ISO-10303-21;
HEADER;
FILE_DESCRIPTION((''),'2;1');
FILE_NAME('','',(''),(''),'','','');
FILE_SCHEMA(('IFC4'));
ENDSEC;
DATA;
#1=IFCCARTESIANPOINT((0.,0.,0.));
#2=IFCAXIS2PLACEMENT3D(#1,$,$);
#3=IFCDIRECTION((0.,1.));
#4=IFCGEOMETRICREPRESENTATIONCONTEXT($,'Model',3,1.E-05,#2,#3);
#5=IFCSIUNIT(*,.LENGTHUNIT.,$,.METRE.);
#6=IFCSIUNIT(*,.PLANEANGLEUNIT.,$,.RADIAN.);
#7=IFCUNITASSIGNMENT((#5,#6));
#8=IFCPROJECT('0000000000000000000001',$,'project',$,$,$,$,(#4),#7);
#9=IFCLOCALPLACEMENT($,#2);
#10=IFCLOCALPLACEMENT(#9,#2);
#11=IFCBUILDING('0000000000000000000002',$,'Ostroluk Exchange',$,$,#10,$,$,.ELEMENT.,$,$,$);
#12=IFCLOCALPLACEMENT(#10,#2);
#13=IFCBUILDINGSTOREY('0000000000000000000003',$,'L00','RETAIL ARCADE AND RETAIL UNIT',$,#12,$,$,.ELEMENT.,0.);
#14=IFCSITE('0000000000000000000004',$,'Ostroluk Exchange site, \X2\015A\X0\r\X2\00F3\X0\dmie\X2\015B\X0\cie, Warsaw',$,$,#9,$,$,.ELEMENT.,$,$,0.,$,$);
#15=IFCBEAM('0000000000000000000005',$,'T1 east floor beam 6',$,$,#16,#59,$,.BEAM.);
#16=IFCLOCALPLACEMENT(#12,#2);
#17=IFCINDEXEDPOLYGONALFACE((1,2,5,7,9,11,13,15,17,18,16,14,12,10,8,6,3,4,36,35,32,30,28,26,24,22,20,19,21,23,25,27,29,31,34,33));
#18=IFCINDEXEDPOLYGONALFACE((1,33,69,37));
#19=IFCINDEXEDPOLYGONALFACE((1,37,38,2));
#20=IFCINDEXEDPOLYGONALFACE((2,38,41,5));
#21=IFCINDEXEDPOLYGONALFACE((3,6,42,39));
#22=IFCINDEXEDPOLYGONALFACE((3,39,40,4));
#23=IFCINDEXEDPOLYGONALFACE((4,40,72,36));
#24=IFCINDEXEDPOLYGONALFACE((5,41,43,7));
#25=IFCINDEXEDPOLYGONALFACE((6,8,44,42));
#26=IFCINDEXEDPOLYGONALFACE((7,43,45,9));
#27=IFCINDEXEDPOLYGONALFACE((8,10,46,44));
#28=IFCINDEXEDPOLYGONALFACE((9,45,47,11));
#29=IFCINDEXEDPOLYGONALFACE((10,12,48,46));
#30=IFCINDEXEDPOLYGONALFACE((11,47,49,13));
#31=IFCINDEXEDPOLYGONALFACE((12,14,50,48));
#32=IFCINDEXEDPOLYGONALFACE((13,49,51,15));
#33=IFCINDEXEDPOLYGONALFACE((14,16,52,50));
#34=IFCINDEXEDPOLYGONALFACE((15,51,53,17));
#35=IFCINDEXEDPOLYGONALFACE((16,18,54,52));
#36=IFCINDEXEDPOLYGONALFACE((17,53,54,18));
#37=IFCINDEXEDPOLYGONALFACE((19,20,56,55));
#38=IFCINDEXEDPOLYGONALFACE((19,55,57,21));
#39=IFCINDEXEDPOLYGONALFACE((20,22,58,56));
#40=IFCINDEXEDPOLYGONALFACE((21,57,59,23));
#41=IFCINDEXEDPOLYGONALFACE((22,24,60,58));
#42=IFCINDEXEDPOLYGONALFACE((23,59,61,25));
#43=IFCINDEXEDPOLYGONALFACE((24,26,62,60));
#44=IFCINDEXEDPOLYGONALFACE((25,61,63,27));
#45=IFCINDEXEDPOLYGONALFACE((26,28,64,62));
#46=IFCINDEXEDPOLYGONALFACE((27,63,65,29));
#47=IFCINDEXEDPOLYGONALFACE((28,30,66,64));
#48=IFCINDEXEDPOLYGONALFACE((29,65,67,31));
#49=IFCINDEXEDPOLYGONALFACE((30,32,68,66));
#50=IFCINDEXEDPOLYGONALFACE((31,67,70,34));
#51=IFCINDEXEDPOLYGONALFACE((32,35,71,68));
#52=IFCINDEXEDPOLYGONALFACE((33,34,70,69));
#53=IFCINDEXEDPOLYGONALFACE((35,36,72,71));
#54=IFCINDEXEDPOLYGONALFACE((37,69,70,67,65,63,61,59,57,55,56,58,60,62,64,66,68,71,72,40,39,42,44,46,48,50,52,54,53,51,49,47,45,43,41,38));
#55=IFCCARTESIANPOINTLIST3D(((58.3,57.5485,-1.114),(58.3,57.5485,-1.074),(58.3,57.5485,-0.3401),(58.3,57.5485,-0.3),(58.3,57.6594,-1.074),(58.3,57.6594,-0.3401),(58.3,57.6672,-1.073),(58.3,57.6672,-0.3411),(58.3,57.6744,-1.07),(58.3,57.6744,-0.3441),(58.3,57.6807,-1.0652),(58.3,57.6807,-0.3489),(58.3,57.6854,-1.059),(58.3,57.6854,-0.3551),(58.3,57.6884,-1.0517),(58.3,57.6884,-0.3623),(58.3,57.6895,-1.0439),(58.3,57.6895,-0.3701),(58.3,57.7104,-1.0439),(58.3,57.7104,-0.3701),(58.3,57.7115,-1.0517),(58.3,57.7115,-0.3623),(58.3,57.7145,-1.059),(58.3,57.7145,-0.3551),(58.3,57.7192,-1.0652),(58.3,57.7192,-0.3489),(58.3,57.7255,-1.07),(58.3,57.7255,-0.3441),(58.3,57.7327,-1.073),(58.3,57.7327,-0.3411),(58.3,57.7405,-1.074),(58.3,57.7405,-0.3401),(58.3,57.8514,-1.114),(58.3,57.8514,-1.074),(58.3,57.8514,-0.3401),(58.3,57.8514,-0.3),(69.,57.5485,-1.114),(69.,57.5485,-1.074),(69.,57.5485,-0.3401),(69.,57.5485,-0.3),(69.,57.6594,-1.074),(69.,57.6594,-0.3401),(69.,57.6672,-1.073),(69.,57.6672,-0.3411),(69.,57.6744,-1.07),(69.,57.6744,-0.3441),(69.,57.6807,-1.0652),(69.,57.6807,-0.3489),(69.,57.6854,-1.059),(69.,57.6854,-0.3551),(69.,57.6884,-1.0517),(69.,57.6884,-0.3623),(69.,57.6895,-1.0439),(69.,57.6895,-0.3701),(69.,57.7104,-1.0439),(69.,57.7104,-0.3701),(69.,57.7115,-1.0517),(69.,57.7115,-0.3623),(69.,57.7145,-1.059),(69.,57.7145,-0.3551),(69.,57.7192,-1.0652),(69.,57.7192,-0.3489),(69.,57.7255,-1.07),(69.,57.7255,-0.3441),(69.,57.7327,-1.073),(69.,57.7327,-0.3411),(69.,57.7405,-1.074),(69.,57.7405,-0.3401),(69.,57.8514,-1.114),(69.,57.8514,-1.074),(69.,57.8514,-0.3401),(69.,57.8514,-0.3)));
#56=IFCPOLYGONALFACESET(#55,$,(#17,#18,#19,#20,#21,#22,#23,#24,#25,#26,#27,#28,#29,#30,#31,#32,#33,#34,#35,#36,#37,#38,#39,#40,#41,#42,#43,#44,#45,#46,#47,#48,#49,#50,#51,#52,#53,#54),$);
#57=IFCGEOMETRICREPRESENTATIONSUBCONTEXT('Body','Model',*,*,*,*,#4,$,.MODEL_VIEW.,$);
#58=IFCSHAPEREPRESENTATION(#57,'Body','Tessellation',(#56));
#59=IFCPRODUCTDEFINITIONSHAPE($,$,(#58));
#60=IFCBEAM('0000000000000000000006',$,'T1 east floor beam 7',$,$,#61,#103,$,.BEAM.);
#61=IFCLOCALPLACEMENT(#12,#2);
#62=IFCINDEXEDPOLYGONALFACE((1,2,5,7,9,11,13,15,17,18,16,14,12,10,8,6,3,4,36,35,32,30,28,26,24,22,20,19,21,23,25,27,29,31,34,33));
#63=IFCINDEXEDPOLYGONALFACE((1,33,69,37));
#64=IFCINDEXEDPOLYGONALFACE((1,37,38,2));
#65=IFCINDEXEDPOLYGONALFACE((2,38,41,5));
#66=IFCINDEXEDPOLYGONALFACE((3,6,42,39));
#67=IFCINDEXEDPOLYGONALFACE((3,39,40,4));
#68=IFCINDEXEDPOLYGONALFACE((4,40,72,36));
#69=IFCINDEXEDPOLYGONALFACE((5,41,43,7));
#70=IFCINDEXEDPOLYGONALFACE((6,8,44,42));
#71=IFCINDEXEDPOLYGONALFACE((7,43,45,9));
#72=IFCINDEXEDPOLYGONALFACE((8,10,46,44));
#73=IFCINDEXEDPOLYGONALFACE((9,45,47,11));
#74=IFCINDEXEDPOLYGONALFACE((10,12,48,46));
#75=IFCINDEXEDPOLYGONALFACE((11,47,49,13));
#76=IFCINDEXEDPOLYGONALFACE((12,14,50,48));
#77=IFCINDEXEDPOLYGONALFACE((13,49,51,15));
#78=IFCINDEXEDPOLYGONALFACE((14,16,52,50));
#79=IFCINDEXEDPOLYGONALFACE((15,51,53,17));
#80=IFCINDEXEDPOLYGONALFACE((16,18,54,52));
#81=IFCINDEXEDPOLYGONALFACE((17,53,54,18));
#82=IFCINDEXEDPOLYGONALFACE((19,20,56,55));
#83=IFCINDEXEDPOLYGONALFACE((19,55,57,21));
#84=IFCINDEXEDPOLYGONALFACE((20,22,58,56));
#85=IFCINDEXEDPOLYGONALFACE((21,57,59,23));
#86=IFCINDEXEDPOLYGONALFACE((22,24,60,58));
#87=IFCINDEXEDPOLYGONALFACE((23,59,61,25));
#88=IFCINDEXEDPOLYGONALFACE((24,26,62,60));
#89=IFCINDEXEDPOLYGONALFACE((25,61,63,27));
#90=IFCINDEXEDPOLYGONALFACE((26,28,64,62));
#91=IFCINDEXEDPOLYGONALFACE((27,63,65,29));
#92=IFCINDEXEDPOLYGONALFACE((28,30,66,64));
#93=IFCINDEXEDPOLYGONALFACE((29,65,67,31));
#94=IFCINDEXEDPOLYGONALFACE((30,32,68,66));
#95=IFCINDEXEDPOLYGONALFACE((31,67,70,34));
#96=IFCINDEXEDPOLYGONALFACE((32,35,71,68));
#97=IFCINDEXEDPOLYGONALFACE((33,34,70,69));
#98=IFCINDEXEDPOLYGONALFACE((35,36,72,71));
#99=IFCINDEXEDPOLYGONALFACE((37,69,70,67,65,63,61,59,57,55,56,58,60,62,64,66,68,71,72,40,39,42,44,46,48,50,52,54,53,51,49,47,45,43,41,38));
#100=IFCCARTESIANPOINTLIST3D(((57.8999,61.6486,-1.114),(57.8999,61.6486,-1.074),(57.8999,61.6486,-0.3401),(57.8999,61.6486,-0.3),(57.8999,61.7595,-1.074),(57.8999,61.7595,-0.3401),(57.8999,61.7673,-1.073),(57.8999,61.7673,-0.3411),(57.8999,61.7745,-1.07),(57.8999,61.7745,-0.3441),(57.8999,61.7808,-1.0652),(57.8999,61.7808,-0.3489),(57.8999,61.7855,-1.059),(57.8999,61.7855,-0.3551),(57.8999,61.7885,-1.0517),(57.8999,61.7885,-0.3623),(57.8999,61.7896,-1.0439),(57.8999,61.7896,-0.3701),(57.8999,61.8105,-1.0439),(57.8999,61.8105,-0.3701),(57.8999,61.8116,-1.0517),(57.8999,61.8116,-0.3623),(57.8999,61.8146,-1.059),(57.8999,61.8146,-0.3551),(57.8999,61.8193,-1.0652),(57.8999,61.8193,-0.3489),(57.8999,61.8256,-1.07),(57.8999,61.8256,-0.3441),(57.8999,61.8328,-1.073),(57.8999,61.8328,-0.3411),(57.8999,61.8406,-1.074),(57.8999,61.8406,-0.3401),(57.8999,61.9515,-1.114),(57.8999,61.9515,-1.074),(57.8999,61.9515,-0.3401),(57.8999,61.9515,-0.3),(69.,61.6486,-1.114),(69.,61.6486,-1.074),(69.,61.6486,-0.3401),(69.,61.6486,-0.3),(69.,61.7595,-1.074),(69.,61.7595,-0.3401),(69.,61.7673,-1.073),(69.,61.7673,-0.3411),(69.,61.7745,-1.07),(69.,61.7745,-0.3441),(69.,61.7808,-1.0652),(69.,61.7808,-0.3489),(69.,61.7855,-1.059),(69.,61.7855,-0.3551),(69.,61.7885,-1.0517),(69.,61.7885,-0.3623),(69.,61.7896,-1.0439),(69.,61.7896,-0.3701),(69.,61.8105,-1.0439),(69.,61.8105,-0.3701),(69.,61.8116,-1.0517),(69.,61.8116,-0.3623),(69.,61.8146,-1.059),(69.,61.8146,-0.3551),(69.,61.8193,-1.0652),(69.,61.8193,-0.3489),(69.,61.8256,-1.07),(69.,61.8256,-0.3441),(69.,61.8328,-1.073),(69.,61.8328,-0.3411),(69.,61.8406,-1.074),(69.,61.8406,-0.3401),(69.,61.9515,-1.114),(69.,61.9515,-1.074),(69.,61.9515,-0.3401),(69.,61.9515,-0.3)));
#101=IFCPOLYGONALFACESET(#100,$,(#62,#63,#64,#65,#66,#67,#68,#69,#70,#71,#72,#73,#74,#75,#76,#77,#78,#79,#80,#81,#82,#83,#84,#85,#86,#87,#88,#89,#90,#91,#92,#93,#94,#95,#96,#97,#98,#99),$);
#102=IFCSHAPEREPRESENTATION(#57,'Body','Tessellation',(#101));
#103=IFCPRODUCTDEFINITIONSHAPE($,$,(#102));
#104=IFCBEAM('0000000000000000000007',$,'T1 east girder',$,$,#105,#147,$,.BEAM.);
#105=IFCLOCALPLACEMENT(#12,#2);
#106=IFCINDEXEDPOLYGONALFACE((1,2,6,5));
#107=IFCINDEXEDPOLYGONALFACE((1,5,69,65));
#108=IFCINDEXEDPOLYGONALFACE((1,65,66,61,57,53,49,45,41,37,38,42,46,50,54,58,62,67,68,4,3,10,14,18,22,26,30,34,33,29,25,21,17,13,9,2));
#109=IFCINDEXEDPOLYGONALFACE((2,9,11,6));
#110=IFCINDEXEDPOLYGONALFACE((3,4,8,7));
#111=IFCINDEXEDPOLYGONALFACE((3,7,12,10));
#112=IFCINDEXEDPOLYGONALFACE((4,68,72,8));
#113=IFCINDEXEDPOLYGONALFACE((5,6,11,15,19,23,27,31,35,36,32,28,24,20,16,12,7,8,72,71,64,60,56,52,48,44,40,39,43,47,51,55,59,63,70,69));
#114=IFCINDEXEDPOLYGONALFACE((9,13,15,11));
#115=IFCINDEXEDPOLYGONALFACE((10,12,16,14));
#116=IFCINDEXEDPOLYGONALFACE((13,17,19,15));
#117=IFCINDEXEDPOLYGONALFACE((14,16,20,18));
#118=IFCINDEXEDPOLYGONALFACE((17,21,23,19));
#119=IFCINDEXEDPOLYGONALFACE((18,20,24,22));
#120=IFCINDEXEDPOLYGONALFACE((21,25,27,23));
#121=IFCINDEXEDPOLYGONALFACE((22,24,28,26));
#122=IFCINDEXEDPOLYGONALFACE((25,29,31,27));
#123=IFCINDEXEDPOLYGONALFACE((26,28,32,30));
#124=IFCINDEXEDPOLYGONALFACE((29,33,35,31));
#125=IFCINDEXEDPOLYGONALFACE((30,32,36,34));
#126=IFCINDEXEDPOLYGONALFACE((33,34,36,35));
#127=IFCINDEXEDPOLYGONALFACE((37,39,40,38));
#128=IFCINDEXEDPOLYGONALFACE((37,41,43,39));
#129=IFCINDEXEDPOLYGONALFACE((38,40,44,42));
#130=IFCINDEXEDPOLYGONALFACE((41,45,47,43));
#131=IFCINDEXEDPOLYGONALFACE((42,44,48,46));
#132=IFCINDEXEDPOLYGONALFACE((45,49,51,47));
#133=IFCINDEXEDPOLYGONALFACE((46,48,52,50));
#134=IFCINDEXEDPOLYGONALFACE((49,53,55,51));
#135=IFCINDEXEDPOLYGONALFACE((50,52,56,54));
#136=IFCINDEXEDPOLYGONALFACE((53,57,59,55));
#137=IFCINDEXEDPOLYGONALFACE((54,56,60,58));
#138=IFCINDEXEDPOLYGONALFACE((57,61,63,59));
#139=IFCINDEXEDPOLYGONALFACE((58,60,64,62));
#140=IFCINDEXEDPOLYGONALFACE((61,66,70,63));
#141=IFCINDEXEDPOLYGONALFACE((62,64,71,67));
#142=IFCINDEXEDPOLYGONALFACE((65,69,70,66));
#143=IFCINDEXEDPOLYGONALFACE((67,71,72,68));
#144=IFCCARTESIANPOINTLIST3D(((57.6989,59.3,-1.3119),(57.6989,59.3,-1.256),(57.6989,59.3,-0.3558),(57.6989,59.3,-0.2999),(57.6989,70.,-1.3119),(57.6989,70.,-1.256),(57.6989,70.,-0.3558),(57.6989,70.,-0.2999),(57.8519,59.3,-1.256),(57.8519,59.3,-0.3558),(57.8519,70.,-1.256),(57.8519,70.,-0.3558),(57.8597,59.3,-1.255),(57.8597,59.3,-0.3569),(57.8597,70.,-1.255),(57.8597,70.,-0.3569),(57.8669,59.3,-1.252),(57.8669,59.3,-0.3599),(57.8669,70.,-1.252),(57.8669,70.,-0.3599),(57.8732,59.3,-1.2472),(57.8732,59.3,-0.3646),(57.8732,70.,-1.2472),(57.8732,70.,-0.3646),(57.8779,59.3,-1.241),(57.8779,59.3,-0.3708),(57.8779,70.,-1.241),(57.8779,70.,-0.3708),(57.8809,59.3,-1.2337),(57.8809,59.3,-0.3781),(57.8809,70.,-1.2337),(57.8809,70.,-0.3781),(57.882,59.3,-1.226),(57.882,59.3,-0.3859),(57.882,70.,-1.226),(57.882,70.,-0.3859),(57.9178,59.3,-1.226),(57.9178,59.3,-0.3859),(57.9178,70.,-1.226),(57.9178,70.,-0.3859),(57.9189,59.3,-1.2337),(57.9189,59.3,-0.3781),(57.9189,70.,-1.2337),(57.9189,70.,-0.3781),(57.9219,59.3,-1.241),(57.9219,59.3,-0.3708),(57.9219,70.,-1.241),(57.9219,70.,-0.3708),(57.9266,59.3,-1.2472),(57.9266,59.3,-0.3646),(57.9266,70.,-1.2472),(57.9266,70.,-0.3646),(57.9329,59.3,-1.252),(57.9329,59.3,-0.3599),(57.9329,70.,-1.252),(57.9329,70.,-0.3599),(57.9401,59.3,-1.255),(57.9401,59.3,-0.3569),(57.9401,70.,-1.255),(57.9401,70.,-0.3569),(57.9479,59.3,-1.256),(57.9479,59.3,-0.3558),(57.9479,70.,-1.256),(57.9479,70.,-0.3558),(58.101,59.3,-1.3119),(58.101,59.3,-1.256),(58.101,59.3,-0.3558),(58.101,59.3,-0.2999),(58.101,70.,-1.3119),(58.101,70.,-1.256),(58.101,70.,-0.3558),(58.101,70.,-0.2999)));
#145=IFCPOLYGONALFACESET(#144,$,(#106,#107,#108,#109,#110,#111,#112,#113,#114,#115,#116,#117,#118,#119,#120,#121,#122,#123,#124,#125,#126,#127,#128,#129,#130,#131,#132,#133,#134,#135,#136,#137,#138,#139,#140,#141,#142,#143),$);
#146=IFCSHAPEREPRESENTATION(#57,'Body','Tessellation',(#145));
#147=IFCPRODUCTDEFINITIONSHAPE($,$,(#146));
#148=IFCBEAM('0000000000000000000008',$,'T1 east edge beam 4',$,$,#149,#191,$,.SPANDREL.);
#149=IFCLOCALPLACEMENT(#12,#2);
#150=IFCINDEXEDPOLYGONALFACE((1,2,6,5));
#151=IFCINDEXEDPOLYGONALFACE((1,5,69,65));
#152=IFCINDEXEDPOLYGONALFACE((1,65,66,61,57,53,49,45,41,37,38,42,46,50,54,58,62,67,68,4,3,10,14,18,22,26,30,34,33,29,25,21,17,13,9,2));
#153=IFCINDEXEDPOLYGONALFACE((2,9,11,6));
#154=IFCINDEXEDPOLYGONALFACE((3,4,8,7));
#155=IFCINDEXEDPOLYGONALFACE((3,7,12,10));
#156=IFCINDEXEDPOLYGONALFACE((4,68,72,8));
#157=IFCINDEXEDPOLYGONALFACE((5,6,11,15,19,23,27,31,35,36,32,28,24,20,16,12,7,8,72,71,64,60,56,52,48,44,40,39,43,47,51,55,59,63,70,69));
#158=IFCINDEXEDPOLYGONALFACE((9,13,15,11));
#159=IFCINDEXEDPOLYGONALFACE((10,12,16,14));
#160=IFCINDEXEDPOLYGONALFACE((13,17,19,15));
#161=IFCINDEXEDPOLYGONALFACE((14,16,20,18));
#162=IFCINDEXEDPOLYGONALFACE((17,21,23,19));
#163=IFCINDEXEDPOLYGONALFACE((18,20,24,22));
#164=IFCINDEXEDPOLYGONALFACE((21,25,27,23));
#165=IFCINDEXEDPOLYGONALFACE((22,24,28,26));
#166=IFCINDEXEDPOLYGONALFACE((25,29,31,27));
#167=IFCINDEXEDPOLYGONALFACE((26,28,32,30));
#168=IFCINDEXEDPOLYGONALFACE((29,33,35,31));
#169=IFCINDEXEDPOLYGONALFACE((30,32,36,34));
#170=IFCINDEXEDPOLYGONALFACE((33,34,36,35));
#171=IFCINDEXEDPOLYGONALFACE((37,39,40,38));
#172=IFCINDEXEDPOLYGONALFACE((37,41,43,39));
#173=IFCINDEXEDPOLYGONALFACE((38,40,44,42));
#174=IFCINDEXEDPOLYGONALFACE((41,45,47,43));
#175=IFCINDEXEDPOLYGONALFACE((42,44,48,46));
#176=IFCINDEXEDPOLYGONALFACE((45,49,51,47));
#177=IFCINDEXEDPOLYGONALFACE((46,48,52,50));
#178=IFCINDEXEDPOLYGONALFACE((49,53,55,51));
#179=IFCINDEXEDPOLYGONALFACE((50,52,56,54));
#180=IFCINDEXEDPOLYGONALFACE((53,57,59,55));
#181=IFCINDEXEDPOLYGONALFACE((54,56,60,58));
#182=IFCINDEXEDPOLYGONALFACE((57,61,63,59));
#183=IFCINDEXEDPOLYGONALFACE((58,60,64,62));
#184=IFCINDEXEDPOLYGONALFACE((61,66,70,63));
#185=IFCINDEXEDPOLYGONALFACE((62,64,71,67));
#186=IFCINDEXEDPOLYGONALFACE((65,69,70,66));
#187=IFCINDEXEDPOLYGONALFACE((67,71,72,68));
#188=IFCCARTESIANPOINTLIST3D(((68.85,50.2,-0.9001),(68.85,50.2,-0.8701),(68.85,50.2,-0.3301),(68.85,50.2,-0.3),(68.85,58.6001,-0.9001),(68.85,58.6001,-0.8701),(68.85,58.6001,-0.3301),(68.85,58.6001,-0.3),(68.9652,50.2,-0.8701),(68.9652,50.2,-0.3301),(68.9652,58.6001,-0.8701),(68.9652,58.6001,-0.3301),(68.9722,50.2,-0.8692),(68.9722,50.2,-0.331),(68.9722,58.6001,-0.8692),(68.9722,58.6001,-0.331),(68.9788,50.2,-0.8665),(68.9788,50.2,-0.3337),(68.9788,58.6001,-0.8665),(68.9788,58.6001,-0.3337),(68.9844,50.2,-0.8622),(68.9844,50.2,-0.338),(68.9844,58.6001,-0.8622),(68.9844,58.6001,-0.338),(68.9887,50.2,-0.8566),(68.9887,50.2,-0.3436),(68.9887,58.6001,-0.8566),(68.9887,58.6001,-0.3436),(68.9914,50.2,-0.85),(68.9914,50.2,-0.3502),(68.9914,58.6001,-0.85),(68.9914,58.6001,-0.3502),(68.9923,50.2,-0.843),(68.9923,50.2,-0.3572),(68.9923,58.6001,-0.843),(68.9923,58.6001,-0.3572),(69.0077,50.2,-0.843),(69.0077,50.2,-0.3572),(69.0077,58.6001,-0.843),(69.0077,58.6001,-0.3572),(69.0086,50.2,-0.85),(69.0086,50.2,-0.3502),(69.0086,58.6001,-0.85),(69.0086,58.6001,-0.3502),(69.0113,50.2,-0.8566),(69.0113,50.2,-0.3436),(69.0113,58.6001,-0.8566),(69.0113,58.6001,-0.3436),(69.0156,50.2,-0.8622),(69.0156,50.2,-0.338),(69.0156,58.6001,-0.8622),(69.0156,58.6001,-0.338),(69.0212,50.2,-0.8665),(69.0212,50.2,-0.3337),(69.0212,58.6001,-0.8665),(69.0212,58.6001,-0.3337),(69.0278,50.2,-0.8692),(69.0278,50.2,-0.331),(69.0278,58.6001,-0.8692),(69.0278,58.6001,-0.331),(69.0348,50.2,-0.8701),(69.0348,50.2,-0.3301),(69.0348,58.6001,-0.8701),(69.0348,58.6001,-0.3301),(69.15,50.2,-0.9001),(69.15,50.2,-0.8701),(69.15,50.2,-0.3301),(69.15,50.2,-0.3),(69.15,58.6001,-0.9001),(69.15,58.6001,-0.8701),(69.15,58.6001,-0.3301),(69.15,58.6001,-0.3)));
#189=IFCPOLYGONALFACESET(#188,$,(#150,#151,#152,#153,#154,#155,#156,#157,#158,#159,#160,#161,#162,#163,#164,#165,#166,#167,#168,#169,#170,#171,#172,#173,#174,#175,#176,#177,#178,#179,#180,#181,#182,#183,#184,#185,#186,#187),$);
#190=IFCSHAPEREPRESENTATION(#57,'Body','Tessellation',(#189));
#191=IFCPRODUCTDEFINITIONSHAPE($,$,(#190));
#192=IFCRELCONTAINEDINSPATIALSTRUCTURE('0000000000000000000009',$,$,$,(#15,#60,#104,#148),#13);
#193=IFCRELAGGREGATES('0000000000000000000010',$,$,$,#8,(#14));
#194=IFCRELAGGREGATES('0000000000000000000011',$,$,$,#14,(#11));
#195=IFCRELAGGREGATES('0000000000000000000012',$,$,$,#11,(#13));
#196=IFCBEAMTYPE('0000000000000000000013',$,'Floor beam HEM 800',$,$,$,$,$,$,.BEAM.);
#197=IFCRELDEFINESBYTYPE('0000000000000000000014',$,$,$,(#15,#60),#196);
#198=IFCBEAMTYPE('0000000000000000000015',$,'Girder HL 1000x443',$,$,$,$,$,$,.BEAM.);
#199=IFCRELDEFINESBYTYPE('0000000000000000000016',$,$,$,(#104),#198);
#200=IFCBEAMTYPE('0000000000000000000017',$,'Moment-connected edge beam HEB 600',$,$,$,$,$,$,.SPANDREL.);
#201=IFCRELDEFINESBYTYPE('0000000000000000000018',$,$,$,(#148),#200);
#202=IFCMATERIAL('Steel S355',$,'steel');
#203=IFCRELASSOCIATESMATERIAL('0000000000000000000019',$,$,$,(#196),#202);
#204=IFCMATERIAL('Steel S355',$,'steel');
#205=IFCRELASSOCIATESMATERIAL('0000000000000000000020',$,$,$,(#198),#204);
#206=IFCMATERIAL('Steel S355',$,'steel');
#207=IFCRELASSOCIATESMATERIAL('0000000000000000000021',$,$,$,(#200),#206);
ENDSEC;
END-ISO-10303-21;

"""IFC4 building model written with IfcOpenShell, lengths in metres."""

from ifc_helpers import new_model, si_unit, direction, frame, origin, origin_2d, place, context, subcontext, project, spatial, i_section, extrude, material, material_profile, profile_set, type_object, element, save


model = new_model("IFC4")

# Units and contexts
model_context = context("Model", 3, precision=1e-05, world=origin(), true_north=direction((0.0, 1.0)))
body_context = subcontext(model_context, "Body", "Model", "MODEL_VIEW")
ifc_project = project(units=[si_unit("LENGTHUNIT", "METRE"), si_unit("PLANEANGLEUNIT", "RADIAN")], contexts=[model_context])

# Site, building, storey
site_placement = place(None, origin())
site = spatial("IfcSite", under=ifc_project, at=site_placement, Name="Ostroluk Exchange site, Śródmieście, Warsaw", CompositionType="ELEMENT", RefElevation=0.0)
building_placement = place(site_placement, origin())
building = spatial("IfcBuilding", under=site, at=building_placement, Name="Ostroluk Exchange", CompositionType="ELEMENT")
storey_placement = place(building_placement, origin())
storey = spatial("IfcBuildingStorey", under=building, at=storey_placement, Name="L00", Description="RETAIL ARCADE AND RETAIL UNIT", CompositionType="ELEMENT", Elevation=0.0)

# Beams
ifc_material_1 = material(Name="Steel S355", Category="steel")
ifc_material_profile_1 = material_profile(ifc_material_1, i_section(OverallWidth=0.303, OverallDepth=0.814, WebThickness=0.021, FlangeThickness=0.04, FilletRadius=0.03, at=origin_2d()), Name="HEM 800")
ifc_profile_set_1 = profile_set([ifc_material_profile_1], Name="Steel S355")
beam_type_1 = type_object("IfcBeamType", Name="Floor beam HEM 800", PredefinedType="BEAM", material=ifc_profile_set_1)
beam_1_placement = place(storey_placement, frame((58.3, 57.7, -0.707), z_axis=(1.0, 0.0, 0.0), x_axis=(0.0, 1.0, 0.0)))
element("IfcBeam", 1, at=beam_1_placement, inside=storey, type_object=beam_type_1, Name="T1 east floor beam 6", PredefinedType="BEAM", context=body_context, shape_type="SweptSolid", body=[
    extrude(i_section(OverallWidth=0.303, OverallDepth=0.814, WebThickness=0.021, FlangeThickness=0.04, FilletRadius=0.03, at=origin_2d()), origin(), (0.0, 0.0, 1.0), 10.7),
])
beam_2_placement = place(storey_placement, frame((57.8999, 61.8, -0.707), z_axis=(1.0, 0.0, 0.0), x_axis=(0.0, 1.0, 0.0)))
element("IfcBeam", 2, at=beam_2_placement, inside=storey, type_object=beam_type_1, Name="T1 east floor beam 7", PredefinedType="BEAM", context=body_context, shape_type="SweptSolid", body=[
    extrude(i_section(OverallWidth=0.303, OverallDepth=0.814, WebThickness=0.021, FlangeThickness=0.04, FilletRadius=0.03, at=origin_2d()), origin(), (0.0, 0.0, 1.0), 11.1001),
])
ifc_material_2 = material(Name="Steel S355", Category="steel")
ifc_material_profile_2 = material_profile(ifc_material_2, i_section(OverallWidth=0.4021, OverallDepth=1.012, WebThickness=0.0359, FlangeThickness=0.0559, FilletRadius=0.03, at=origin_2d()), Name="HL 1000x443")
ifc_profile_set_2 = profile_set([ifc_material_profile_2], Name="Steel S355")
beam_type_2 = type_object("IfcBeamType", Name="Girder HL 1000x443", PredefinedType="BEAM", material=ifc_profile_set_2)
beam_3_placement = place(storey_placement, frame((57.8999, 59.3, -0.8059), z_axis=(0.0, 1.0, 0.0), x_axis=(-1.0, 0.0, 0.0)))
element("IfcBeam", 3, at=beam_3_placement, inside=storey, type_object=beam_type_2, Name="T1 east girder", PredefinedType="BEAM", context=body_context, shape_type="SweptSolid", body=[
    extrude(i_section(OverallWidth=0.4021, OverallDepth=1.012, WebThickness=0.0359, FlangeThickness=0.0559, FilletRadius=0.03, at=origin_2d()), origin(), (0.0, 0.0, 1.0), 10.7),
])
ifc_material_3 = material(Name="Steel S355", Category="steel")
ifc_material_profile_3 = material_profile(ifc_material_3, i_section(OverallWidth=0.3, OverallDepth=0.6001, WebThickness=0.0154, FlangeThickness=0.03, FilletRadius=0.0271, at=origin_2d()), Name="HEB 600")
ifc_profile_set_3 = profile_set([ifc_material_profile_3], Name="Steel S355")
beam_type_3 = type_object("IfcBeamType", Name="Moment-connected edge beam HEB 600", PredefinedType="SPANDREL", material=ifc_profile_set_3)
beam_4_placement = place(storey_placement, frame((69.0, 50.2, -0.6001), z_axis=(0.0, 1.0, 0.0), x_axis=(-1.0, 0.0, 0.0)))
element("IfcBeam", 4, at=beam_4_placement, inside=storey, type_object=beam_type_3, Name="T1 east edge beam 4", PredefinedType="SPANDREL", context=body_context, shape_type="SweptSolid", body=[
    extrude(i_section(OverallWidth=0.3, OverallDepth=0.6001, WebThickness=0.0154, FlangeThickness=0.03, FilletRadius=0.0271, at=origin_2d()), origin(), (0.0, 0.0, 1.0), 8.4001),
])

save(model, "model.ifc")
